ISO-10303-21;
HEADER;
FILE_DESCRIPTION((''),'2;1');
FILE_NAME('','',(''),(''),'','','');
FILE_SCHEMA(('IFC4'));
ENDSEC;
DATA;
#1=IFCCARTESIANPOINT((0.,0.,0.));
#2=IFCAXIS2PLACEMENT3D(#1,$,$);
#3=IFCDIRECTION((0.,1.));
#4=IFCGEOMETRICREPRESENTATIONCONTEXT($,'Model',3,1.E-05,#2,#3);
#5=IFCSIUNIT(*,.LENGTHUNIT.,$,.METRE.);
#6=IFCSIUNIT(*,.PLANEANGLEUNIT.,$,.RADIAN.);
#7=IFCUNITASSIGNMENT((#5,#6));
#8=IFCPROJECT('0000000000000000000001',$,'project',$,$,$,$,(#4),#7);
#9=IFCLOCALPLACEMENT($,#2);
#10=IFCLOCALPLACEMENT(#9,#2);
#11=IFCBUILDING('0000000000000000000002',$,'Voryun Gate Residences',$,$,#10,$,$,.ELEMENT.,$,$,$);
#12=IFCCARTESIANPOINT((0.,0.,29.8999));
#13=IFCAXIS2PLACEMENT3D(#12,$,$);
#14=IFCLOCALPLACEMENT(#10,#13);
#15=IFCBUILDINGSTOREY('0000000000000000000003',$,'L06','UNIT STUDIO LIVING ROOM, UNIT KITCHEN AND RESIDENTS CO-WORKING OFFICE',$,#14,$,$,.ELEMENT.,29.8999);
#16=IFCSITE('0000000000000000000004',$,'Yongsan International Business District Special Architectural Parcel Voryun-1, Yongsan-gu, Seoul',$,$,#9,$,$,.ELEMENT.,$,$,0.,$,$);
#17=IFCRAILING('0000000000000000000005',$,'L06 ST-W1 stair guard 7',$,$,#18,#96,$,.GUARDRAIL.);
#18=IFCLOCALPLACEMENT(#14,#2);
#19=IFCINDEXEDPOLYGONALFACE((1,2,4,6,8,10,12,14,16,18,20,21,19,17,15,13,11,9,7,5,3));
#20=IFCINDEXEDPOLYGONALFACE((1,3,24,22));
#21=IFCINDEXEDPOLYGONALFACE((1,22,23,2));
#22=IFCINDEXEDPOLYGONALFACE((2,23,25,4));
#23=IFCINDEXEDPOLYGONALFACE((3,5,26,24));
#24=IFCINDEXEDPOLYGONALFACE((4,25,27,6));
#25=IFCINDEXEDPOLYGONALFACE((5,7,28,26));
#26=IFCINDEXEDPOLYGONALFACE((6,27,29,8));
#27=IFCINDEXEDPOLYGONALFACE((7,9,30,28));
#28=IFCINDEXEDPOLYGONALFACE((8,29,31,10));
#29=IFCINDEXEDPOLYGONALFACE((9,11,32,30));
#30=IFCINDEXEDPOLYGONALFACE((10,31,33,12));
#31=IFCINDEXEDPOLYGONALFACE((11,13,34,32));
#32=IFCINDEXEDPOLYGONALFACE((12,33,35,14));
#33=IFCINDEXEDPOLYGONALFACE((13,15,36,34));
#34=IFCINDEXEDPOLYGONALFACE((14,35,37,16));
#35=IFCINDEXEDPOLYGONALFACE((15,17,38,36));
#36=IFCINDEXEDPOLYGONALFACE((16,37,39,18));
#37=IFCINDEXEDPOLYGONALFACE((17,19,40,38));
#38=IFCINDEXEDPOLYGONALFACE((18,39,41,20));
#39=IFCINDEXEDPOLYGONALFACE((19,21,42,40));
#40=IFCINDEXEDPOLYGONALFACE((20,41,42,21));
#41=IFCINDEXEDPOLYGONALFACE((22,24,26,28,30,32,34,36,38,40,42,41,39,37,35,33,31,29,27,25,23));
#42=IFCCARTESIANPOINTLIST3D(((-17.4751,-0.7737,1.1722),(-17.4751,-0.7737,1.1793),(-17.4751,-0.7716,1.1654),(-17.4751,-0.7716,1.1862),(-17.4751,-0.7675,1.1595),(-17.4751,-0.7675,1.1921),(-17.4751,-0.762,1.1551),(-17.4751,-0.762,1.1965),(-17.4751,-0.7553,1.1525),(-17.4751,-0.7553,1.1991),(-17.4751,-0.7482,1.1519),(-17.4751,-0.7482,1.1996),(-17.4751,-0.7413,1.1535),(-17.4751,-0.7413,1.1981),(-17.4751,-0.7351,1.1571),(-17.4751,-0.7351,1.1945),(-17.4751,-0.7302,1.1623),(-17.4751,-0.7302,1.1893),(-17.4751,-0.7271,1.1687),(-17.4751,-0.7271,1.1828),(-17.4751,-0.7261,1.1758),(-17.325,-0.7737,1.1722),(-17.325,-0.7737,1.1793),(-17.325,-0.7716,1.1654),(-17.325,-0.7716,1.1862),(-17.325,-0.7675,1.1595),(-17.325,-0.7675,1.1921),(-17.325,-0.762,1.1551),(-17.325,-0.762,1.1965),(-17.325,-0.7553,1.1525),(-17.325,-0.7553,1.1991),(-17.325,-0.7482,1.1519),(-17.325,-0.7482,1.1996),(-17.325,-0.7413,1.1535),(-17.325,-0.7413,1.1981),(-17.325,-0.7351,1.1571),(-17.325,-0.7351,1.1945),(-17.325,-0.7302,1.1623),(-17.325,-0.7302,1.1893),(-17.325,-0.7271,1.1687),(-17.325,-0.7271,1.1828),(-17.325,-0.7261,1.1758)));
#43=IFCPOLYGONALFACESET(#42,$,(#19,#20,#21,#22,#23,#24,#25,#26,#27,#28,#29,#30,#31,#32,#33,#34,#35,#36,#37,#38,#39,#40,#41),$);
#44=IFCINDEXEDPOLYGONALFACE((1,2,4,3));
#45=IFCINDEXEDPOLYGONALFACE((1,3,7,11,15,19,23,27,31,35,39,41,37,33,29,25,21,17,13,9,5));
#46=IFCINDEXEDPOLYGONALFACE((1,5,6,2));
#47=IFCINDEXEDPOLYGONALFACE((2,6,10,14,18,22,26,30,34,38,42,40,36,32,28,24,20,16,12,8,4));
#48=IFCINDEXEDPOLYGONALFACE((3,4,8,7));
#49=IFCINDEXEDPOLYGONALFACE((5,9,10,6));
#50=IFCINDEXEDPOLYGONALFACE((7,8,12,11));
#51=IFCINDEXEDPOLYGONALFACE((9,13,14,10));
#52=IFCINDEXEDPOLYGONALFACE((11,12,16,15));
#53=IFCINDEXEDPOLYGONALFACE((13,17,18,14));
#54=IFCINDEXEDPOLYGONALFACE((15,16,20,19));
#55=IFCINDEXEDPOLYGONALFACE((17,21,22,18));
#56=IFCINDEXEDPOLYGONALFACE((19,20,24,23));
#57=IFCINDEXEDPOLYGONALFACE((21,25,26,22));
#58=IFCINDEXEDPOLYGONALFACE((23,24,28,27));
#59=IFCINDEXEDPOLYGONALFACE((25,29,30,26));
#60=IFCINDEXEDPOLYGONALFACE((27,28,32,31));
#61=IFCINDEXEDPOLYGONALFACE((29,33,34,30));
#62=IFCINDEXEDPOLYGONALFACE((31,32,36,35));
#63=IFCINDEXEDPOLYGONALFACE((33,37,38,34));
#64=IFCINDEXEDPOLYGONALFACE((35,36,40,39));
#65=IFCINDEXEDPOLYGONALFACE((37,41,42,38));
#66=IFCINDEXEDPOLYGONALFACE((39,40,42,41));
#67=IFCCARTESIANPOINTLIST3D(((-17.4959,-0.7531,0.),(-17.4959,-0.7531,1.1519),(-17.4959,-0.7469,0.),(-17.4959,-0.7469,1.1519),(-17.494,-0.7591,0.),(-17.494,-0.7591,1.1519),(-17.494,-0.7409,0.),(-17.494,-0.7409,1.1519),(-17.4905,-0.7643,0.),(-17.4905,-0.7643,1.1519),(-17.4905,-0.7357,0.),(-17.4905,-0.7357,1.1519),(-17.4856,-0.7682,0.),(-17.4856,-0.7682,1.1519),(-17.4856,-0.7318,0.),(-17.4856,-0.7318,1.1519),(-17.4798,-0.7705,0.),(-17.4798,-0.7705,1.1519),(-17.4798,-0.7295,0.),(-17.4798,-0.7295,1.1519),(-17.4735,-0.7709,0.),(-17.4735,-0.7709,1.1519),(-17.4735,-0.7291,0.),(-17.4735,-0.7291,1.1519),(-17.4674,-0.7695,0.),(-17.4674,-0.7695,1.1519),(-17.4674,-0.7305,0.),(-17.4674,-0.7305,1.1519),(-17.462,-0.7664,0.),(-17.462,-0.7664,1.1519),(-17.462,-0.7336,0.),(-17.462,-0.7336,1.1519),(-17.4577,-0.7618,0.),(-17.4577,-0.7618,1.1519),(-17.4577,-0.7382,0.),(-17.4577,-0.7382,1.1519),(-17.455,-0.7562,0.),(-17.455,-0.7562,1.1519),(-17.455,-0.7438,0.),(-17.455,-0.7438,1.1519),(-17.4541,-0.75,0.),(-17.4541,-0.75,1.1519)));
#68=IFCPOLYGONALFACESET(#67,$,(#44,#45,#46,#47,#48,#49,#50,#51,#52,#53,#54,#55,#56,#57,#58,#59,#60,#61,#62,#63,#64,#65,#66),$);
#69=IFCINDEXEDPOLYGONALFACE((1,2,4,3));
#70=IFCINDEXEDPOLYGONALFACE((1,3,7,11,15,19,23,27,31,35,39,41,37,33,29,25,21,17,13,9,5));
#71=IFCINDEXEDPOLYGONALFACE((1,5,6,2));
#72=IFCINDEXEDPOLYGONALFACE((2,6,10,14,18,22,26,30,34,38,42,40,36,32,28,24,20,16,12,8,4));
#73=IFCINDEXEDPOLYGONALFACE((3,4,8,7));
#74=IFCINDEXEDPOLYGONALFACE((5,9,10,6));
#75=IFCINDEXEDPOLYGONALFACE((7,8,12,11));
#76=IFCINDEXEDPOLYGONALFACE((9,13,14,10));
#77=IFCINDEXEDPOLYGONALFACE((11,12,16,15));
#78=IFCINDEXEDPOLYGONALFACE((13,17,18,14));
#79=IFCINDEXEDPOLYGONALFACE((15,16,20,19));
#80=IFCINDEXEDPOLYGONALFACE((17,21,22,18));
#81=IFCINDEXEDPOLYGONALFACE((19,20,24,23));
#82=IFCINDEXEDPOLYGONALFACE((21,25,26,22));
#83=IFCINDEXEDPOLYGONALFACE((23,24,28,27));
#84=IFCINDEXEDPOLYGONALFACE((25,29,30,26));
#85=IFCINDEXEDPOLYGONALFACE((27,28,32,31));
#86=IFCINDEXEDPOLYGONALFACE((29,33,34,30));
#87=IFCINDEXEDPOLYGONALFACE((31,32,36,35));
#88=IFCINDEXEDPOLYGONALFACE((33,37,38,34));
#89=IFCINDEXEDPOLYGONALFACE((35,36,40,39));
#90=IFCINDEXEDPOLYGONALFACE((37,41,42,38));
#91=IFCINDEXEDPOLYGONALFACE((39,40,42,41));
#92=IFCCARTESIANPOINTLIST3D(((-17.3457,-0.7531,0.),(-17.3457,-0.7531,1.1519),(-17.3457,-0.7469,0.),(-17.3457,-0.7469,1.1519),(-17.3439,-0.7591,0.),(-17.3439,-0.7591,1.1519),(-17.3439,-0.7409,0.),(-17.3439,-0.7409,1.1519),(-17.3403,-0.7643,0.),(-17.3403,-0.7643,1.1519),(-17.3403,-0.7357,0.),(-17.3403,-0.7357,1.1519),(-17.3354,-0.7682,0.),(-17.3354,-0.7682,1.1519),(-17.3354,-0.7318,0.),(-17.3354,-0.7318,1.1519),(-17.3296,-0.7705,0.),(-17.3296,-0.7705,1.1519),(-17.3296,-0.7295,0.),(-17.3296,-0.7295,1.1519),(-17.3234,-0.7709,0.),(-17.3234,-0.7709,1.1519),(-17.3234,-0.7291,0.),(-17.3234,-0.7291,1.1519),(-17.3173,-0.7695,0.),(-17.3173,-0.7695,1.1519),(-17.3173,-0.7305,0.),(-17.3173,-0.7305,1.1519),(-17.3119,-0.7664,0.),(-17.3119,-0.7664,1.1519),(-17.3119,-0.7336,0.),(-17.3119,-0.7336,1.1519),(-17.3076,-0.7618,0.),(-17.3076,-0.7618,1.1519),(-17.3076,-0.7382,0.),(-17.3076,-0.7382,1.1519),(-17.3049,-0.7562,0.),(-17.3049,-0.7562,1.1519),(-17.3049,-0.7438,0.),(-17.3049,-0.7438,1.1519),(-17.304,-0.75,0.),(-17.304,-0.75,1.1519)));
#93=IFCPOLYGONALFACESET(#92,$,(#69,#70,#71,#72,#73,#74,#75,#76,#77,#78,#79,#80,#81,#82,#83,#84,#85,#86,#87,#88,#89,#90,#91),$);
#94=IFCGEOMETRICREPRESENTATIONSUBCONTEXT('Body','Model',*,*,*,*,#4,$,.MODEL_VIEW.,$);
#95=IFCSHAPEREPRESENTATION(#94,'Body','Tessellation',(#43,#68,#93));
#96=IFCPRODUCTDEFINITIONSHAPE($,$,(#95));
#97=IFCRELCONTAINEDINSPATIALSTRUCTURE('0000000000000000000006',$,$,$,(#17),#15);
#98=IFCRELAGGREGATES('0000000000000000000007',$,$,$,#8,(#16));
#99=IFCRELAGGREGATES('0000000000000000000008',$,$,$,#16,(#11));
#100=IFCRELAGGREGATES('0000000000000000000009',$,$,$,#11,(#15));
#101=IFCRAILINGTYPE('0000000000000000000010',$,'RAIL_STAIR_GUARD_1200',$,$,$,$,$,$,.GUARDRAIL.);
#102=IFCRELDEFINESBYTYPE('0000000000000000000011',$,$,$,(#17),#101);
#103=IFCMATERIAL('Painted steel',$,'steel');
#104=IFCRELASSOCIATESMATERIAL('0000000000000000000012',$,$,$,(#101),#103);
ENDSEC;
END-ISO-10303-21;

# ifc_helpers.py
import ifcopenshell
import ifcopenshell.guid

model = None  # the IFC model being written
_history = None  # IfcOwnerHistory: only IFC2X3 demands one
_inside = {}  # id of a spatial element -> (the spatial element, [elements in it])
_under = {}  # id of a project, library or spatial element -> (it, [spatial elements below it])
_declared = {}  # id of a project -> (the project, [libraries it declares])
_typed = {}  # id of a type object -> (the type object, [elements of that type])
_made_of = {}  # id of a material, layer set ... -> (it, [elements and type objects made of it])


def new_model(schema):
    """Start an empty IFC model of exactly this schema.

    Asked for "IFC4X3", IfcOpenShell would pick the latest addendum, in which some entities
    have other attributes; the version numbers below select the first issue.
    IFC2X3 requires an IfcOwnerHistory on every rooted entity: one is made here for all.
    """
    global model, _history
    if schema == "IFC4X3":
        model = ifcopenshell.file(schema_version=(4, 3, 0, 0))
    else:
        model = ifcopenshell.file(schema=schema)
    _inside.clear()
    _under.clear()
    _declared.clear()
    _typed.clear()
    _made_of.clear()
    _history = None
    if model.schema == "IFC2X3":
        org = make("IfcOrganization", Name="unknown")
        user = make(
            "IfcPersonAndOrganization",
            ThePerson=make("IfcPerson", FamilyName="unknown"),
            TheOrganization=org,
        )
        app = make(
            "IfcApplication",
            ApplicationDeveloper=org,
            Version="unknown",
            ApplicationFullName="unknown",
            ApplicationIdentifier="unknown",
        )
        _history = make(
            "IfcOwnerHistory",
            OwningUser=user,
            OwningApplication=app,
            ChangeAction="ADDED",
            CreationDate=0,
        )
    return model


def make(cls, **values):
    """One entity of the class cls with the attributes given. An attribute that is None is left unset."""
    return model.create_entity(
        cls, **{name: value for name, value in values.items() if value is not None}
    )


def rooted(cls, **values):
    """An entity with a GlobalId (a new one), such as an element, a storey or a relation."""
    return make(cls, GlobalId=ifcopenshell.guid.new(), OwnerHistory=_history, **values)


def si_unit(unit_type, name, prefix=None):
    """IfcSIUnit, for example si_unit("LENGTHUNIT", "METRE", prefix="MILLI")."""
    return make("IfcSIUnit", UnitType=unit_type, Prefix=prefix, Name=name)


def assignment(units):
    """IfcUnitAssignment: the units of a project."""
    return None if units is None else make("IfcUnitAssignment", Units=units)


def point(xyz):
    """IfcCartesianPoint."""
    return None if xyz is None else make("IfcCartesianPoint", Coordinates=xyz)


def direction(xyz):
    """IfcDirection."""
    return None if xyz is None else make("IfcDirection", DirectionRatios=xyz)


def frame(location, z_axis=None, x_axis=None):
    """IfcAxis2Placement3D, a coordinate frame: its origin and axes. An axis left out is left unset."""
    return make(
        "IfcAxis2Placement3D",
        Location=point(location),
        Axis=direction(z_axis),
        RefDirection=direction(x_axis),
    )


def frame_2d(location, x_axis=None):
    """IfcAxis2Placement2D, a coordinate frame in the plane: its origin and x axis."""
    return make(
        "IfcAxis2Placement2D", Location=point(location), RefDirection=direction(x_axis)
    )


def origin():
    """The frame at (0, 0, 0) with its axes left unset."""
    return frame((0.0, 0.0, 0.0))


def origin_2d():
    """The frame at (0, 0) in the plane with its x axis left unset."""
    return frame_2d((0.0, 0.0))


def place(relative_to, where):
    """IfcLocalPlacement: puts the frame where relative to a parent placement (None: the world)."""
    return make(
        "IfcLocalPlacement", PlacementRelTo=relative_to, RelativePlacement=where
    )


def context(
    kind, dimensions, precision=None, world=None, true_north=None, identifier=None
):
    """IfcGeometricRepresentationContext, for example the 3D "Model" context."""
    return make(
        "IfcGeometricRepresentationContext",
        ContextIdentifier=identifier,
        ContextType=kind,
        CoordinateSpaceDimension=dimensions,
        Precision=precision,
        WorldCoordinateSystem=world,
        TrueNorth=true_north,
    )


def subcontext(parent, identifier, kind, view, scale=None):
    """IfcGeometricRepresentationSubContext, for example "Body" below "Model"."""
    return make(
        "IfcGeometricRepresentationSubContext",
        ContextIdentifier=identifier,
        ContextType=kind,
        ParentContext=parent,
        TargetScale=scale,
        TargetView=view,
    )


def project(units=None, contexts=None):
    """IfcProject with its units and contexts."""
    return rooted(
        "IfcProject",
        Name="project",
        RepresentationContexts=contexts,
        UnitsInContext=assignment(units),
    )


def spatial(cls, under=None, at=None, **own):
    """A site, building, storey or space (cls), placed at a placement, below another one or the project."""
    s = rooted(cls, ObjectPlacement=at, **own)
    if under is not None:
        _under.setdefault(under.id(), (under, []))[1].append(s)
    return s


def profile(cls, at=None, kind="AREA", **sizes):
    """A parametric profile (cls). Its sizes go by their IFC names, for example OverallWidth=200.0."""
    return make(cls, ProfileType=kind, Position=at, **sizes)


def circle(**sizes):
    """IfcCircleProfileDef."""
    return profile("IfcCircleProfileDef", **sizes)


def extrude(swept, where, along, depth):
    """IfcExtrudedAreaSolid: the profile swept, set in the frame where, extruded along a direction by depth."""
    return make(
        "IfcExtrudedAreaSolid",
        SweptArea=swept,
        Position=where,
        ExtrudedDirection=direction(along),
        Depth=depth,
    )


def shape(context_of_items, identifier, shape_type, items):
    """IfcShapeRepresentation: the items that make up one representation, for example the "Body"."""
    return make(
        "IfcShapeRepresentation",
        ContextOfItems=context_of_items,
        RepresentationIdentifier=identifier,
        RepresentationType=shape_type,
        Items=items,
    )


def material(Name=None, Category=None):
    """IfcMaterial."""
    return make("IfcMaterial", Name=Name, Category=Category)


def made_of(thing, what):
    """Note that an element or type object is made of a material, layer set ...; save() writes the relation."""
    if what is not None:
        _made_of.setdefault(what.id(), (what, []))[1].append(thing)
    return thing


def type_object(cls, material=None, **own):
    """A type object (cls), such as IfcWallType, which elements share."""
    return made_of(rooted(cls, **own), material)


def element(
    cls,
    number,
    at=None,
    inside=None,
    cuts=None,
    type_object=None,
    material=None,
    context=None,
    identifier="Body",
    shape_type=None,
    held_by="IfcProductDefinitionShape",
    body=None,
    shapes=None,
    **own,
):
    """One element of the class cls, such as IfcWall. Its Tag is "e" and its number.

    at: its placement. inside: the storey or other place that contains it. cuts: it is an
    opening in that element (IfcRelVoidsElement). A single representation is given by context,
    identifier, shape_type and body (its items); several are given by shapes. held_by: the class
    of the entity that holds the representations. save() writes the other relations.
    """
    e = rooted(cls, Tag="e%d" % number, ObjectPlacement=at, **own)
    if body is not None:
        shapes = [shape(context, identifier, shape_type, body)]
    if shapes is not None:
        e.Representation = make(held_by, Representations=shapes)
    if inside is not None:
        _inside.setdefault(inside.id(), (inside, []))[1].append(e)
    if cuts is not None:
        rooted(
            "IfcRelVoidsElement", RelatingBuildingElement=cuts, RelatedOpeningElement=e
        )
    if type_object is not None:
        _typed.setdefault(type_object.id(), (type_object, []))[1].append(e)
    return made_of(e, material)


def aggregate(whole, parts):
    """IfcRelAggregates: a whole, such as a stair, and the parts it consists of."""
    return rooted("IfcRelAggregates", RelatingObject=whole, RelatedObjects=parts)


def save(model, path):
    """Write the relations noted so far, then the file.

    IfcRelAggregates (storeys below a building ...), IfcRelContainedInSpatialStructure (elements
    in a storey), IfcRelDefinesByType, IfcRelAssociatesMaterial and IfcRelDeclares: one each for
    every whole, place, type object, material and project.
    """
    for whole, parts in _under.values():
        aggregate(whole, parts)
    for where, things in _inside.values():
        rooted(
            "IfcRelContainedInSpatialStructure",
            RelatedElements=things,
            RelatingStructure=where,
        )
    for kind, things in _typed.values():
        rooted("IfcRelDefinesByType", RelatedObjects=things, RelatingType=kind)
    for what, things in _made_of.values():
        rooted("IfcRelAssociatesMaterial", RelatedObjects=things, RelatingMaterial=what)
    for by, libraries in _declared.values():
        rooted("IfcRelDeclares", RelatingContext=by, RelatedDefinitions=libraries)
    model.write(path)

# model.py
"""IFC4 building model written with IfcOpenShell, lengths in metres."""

from ifc_helpers import new_model, si_unit, direction, frame, origin, origin_2d, place, context, subcontext, project, spatial, circle, extrude, material, type_object, element, save


model = new_model("IFC4")

# Units and contexts
model_context = context("Model", 3, precision=1e-05, world=origin(), true_north=direction((0.0, 1.0)))
body_context = subcontext(model_context, "Body", "Model", "MODEL_VIEW")
ifc_project = project(units=[si_unit("LENGTHUNIT", "METRE"), si_unit("PLANEANGLEUNIT", "RADIAN")], contexts=[model_context])

# Site, building, storey
site_placement = place(None, origin())
site = spatial("IfcSite", under=ifc_project, at=site_placement, Name="Yongsan International Business District Special Architectural Parcel Voryun-1, Yongsan-gu, Seoul", CompositionType="ELEMENT", RefElevation=0.0)
building_placement = place(site_placement, origin())
building = spatial("IfcBuilding", under=site, at=building_placement, Name="Voryun Gate Residences", CompositionType="ELEMENT")
storey_placement = place(building_placement, frame((0.0, 0.0, 29.8999)))
storey = spatial("IfcBuildingStorey", under=building, at=storey_placement, Name="L06", Description="UNIT STUDIO LIVING ROOM, UNIT KITCHEN AND RESIDENTS CO-WORKING OFFICE", CompositionType="ELEMENT", Elevation=29.8999)

# Railing
ifc_material_1 = material(Name="Painted steel", Category="steel")
railing_type_1 = type_object("IfcRailingType", Name="RAIL_STAIR_GUARD_1200", PredefinedType="GUARDRAIL", material=ifc_material_1)
railing_1_placement = place(storey_placement, frame((-17.4751, -0.75, 0.0)))
element("IfcRailing", 1, at=railing_1_placement, inside=storey, type_object=railing_type_1, Name="L06 ST-W1 stair guard 7", PredefinedType="GUARDRAIL", context=body_context, shape_type="SweptSolid", body=[
    extrude(circle(Radius=0.0239, at=origin_2d()), frame((0.0, 0.0, 1.1758), z_axis=(1.0, 0.0, 0.0), x_axis=(0.0, 1.0, 0.0)), (0.0, 0.0, 1.0), 0.1501),
    extrude(circle(Radius=0.021, at=origin_2d()), origin(), (0.0, 0.0, 1.0), 1.1519),
    extrude(circle(Radius=0.021, at=origin_2d()), frame((0.1501, 0.0, 0.0)), (0.0, 0.0, 1.0), 1.1519),
])

save(model, "model.ifc")
